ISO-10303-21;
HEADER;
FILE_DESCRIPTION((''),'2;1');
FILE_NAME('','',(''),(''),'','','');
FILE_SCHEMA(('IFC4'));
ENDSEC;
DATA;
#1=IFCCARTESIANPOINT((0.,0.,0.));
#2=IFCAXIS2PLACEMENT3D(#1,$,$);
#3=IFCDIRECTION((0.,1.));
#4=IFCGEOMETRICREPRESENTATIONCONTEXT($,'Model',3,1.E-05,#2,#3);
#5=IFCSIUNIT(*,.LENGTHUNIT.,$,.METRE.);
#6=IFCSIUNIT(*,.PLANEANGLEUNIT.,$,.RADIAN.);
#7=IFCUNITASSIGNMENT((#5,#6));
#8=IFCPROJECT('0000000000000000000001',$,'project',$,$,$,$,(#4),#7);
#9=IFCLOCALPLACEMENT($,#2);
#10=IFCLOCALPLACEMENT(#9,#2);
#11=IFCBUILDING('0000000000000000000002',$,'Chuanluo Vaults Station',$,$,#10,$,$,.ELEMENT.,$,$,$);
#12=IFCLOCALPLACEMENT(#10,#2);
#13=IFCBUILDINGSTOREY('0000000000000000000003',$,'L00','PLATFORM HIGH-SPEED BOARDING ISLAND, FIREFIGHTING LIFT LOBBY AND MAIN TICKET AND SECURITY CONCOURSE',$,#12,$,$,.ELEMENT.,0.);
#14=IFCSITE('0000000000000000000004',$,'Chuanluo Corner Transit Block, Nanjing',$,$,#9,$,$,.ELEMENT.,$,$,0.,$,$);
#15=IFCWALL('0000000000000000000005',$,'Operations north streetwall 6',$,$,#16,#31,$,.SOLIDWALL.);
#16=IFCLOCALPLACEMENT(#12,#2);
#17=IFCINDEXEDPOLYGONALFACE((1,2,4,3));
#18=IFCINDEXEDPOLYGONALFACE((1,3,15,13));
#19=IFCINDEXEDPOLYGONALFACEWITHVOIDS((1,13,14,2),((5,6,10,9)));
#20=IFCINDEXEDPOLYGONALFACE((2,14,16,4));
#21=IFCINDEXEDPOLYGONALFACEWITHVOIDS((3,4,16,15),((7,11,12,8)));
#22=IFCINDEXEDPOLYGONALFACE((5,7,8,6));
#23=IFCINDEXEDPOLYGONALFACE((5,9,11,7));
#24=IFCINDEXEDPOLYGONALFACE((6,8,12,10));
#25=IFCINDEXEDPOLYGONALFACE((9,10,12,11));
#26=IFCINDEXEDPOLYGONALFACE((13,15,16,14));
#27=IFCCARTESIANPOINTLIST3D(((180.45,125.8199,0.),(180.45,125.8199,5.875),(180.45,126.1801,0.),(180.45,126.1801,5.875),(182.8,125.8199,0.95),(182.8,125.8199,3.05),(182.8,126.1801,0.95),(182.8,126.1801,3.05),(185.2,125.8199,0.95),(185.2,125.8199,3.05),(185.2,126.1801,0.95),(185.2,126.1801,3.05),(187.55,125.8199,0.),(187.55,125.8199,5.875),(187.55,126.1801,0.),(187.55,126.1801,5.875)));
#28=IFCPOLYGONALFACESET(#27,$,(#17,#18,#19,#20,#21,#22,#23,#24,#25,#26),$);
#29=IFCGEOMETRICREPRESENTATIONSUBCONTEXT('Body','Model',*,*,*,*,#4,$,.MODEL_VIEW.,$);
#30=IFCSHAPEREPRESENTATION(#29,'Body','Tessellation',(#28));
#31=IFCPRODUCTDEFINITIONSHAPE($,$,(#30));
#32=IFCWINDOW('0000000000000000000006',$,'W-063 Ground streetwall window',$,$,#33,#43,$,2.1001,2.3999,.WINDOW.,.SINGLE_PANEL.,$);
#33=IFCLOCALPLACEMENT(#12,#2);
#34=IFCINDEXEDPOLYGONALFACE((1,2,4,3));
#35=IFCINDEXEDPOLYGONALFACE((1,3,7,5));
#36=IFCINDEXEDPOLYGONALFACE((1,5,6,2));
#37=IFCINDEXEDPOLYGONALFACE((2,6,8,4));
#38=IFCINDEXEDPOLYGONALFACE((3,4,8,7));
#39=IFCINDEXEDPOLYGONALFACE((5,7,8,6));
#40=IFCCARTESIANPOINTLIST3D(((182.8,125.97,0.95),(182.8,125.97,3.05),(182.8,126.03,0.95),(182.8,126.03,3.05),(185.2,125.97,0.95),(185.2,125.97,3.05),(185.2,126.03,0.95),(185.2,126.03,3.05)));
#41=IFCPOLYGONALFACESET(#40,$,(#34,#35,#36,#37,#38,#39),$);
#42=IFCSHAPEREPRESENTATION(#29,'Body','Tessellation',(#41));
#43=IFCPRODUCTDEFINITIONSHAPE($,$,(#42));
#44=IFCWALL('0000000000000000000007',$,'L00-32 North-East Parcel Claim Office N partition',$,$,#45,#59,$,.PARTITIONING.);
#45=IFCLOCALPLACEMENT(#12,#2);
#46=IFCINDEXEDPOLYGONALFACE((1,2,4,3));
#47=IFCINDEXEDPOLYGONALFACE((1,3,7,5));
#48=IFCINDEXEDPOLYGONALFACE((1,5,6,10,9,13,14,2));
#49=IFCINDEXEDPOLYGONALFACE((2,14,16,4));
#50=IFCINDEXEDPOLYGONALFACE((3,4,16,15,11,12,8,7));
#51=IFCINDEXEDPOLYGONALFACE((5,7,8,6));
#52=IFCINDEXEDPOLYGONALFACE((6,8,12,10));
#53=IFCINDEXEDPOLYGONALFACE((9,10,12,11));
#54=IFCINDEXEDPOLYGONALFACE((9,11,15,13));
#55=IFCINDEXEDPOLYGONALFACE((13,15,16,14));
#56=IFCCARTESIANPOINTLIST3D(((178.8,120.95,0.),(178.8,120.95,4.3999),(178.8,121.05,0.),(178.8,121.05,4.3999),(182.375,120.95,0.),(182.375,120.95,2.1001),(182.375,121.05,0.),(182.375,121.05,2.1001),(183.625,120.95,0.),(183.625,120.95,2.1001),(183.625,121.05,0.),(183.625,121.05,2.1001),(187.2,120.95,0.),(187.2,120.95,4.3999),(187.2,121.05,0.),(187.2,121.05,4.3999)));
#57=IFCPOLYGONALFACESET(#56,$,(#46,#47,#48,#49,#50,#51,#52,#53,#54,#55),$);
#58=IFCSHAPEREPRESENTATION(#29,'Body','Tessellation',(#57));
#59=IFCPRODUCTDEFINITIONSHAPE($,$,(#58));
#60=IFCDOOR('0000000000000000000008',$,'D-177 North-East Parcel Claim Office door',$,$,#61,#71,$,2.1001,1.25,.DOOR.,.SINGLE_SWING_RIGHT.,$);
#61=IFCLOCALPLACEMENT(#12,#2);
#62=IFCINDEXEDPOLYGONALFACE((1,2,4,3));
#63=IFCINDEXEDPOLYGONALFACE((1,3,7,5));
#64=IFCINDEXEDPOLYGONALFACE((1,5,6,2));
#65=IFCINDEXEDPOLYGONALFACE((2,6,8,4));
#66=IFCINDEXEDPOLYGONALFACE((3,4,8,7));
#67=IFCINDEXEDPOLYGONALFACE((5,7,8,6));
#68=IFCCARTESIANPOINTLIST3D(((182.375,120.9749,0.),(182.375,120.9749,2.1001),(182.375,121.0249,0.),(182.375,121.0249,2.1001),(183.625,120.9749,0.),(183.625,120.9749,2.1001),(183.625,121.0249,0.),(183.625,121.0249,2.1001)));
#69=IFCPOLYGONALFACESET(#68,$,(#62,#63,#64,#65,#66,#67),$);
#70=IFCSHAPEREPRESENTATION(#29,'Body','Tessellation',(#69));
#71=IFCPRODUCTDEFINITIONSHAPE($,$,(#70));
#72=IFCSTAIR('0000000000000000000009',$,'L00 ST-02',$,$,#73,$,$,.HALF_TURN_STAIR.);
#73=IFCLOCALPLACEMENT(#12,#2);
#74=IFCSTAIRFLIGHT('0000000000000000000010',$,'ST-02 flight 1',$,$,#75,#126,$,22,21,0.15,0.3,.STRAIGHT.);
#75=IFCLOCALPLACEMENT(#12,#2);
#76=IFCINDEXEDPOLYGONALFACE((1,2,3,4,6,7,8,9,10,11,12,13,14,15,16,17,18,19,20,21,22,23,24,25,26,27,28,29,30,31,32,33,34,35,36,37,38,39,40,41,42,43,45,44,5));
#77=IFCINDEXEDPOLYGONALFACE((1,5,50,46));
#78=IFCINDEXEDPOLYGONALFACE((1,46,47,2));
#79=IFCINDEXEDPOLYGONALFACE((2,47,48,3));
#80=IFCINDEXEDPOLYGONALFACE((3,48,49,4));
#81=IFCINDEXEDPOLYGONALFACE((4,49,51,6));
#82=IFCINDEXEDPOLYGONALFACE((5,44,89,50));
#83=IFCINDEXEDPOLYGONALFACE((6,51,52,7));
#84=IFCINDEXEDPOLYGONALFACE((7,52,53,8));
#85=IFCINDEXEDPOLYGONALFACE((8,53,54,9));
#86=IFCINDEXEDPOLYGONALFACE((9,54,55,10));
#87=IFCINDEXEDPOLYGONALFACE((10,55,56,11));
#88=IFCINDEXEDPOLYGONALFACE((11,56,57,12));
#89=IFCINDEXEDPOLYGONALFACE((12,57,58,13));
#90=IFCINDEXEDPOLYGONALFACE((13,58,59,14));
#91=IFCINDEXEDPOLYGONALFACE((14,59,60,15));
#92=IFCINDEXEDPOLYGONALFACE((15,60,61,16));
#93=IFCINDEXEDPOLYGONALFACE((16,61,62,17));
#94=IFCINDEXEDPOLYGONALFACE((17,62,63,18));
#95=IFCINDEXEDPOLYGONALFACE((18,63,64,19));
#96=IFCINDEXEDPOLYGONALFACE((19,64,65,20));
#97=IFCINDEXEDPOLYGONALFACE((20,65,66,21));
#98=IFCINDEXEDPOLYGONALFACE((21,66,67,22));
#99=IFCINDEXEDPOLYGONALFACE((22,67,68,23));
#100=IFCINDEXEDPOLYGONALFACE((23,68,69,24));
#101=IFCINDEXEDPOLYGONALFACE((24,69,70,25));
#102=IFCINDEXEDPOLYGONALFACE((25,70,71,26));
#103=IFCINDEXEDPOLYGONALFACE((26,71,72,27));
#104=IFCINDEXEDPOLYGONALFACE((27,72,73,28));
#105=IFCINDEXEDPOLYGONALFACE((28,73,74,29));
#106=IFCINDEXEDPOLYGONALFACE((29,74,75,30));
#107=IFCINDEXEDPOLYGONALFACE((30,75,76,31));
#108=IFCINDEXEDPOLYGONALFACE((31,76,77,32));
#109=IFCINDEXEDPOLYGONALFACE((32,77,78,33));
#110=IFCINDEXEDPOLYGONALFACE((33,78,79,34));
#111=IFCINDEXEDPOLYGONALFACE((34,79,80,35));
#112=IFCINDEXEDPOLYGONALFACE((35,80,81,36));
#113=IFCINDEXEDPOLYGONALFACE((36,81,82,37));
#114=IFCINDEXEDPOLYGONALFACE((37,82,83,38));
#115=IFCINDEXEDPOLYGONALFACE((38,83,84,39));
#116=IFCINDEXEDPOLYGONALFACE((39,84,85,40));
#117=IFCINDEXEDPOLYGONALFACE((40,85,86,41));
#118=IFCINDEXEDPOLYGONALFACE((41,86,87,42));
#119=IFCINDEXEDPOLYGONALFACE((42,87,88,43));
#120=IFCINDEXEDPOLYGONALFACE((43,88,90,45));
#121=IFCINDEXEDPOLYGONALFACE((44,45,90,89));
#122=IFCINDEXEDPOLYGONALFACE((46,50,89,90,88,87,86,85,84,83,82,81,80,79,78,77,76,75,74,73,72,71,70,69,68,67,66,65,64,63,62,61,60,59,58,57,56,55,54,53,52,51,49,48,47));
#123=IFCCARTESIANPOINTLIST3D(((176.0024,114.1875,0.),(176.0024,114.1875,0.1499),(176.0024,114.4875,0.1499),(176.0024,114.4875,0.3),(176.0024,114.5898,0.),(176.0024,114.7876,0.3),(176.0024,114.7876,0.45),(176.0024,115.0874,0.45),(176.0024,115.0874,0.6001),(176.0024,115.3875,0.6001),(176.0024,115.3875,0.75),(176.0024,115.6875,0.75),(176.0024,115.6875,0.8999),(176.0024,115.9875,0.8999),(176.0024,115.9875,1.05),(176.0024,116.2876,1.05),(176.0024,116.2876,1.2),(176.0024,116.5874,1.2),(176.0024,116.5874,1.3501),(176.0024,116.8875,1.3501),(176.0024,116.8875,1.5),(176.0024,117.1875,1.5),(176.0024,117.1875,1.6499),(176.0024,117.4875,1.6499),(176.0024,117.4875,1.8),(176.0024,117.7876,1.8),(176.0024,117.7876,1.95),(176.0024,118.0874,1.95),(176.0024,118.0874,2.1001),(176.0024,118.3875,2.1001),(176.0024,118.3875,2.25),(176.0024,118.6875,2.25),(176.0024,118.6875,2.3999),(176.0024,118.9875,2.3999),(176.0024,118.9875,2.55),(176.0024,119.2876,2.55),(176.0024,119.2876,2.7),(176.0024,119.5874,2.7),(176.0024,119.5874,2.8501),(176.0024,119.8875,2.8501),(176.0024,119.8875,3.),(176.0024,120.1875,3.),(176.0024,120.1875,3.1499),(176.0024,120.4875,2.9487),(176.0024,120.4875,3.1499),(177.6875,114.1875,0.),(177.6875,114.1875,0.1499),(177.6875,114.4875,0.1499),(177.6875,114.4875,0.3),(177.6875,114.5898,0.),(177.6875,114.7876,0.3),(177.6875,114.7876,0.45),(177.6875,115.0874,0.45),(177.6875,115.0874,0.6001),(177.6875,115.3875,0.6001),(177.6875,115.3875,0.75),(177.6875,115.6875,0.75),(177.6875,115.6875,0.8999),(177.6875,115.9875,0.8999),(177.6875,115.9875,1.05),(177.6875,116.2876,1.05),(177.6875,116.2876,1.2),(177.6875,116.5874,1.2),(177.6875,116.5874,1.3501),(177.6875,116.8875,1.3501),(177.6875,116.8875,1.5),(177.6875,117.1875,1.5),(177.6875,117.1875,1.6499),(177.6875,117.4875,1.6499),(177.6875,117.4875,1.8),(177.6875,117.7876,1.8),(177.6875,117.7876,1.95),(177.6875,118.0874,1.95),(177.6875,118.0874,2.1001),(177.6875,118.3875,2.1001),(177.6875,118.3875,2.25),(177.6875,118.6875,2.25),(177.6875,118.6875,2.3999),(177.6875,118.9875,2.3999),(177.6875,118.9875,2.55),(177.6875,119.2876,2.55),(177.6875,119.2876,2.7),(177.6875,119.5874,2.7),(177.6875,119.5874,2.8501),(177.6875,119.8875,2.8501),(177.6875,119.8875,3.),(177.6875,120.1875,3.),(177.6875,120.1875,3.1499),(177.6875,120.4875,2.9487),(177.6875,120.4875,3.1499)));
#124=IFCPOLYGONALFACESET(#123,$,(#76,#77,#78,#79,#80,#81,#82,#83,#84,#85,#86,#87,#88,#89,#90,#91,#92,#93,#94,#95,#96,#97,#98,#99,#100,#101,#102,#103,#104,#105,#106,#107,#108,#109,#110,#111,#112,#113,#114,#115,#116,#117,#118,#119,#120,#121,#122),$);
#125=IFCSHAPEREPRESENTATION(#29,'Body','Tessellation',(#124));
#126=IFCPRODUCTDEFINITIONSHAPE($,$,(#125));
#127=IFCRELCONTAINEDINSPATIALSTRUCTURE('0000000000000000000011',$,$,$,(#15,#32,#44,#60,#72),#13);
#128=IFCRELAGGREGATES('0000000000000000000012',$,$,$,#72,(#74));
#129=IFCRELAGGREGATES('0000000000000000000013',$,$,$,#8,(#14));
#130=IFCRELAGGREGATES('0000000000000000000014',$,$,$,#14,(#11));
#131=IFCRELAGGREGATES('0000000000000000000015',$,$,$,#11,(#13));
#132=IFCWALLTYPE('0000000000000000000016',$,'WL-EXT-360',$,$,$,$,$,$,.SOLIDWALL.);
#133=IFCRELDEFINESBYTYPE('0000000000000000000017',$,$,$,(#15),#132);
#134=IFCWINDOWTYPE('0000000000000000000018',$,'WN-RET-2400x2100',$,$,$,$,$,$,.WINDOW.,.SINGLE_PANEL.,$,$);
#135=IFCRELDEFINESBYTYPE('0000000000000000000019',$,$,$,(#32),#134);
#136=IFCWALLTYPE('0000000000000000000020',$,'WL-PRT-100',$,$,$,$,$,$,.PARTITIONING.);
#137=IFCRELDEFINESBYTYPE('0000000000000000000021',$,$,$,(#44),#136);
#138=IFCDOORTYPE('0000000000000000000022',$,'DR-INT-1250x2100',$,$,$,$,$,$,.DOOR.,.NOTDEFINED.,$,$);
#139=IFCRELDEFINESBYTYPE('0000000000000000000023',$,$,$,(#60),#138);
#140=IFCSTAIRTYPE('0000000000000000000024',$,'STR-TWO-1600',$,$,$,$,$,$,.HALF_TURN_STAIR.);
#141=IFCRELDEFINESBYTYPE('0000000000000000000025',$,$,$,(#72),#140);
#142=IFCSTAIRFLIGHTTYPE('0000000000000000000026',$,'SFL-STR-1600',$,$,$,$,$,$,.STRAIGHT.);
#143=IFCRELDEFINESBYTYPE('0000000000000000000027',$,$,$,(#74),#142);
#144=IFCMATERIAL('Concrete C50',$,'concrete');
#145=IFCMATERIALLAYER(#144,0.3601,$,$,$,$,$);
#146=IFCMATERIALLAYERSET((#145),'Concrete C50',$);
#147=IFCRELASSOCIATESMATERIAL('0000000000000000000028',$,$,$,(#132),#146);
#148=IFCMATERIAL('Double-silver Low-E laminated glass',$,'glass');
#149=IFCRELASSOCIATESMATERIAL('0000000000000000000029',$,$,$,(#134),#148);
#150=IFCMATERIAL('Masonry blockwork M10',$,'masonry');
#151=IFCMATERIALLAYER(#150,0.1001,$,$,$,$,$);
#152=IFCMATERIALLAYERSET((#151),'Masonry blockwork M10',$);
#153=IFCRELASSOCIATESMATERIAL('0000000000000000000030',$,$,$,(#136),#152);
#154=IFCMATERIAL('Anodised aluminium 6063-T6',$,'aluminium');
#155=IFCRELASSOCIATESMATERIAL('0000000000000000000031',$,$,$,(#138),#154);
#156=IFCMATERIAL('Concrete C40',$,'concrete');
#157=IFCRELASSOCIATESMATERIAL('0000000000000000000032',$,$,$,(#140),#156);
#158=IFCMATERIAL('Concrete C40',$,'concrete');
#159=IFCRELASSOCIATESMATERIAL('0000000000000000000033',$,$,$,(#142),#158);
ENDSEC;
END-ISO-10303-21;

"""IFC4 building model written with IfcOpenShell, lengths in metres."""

from ifc_helpers import new_model, si_unit, direction, frame, frame_2d, origin, place, context, subcontext, project, spatial, polyline, rectangle, outline, extrude, material, layer, layer_set, type_object, element, fill, aggregate, save


model = new_model("IFC4")

# Units and contexts
model_context = context("Model", 3, precision=1e-05, world=origin(), true_north=direction((0.0, 1.0)))
body_context = subcontext(model_context, "Body", "Model", "MODEL_VIEW")
ifc_project = project(units=[si_unit("LENGTHUNIT", "METRE"), si_unit("PLANEANGLEUNIT", "RADIAN")], contexts=[model_context])

# Site, building, storey
site_placement = place(None, origin())
site = spatial("IfcSite", under=ifc_project, at=site_placement, Name="Chuanluo Corner Transit Block, Nanjing", CompositionType="ELEMENT", RefElevation=0.0)
building_placement = place(site_placement, origin())
building = spatial("IfcBuilding", under=site, at=building_placement, Name="Chuanluo Vaults Station", CompositionType="ELEMENT")
storey_placement = place(building_placement, origin())
storey = spatial("IfcBuildingStorey", under=building, at=storey_placement, Name="L00", Description="PLATFORM HIGH-SPEED BOARDING ISLAND, FIREFIGHTING LIFT LOBBY AND MAIN TICKET AND SECURITY CONCOURSE", CompositionType="ELEMENT", Elevation=0.0)

# Wall, opening, window
ifc_material_1 = material(Name="Concrete C50", Category="concrete")
ifc_layer_1 = layer(ifc_material_1, 0.3601)
ifc_layer_set_1 = layer_set([ifc_layer_1], Name="Concrete C50")
wall_type_1 = type_object("IfcWallType", Name="WL-EXT-360", PredefinedType="SOLIDWALL", material=ifc_layer_set_1)
wall_1_placement = place(storey_placement, frame((180.45, 126.0, 0.0), z_axis=(0.0, 0.0, 1.0), x_axis=(1.0, 0.0, 0.0)))
wall_1 = element("IfcWall", 1, at=wall_1_placement, inside=storey, type_object=wall_type_1, Name="Operations north streetwall 6", PredefinedType="SOLIDWALL", context=body_context, shape_type="SweptSolid", body=[
    extrude(rectangle(XDim=7.1001, YDim=0.3601, at=frame_2d((3.55, 0.0))), origin(), (0.0, 0.0, 1.0), 5.875),
])
opening_1_placement = place(wall_1_placement, frame((2.3501, 0.0, 0.95)))
opening_1 = element("IfcOpeningElement", 2, at=opening_1_placement, cuts=wall_1, PredefinedType="OPENING", context=body_context, shape_type="SweptSolid", body=[
    extrude(rectangle(XDim=2.3999, YDim=2.1001, at=frame_2d((1.2, 1.05))), frame((0.0, 0.1902, 0.0), z_axis=(0.0, -1.0, 0.0), x_axis=(1.0, 0.0, 0.0)), (0.0, 0.0, 1.0), 0.3801),
])
ifc_material_2 = material(Name="Double-silver Low-E laminated glass", Category="glass")
window_type_1 = type_object("IfcWindowType", Name="WN-RET-2400x2100", PartitioningType="SINGLE_PANEL", PredefinedType="WINDOW", material=ifc_material_2)
window_1_placement = place(opening_1_placement, origin())
window_1 = element("IfcWindow", 3, at=window_1_placement, inside=storey, type_object=window_type_1, Name="W-063 Ground streetwall window", OverallHeight=2.1001, OverallWidth=2.3999, PartitioningType="SINGLE_PANEL", PredefinedType="WINDOW", context=body_context, shape_type="SweptSolid", body=[
    extrude(rectangle(XDim=2.3999, YDim=2.1001, at=frame_2d((1.2, 1.05))), frame((0.0, 0.03, 0.0), z_axis=(0.0, -1.0, 0.0), x_axis=(1.0, 0.0, 0.0)), (0.0, 0.0, 1.0), 0.0601),
])
fill(opening_1, window_1)

# Wall, opening, door
ifc_material_3 = material(Name="Masonry blockwork M10", Category="masonry")
ifc_layer_2 = layer(ifc_material_3, 0.1001)
ifc_layer_set_2 = layer_set([ifc_layer_2], Name="Masonry blockwork M10")
wall_type_2 = type_object("IfcWallType", Name="WL-PRT-100", PredefinedType="PARTITIONING", material=ifc_layer_set_2)
wall_2_placement = place(storey_placement, frame((178.8, 121.0, 0.0), z_axis=(0.0, 0.0, 1.0), x_axis=(1.0, 0.0, 0.0)))
wall_2 = element("IfcWall", 4, at=wall_2_placement, inside=storey, type_object=wall_type_2, Name="L00-32 North-East Parcel Claim Office N partition", PredefinedType="PARTITIONING", context=body_context, shape_type="SweptSolid", body=[
    extrude(rectangle(XDim=8.3999, YDim=0.1001, at=frame_2d((4.2, 0.0))), origin(), (0.0, 0.0, 1.0), 4.3999),
])
opening_2_placement = place(wall_2_placement, frame((3.575, 0.0, 0.0)))
opening_2 = element("IfcOpeningElement", 5, at=opening_2_placement, cuts=wall_2, PredefinedType="OPENING", context=body_context, shape_type="SweptSolid", body=[
    extrude(rectangle(XDim=1.25, YDim=2.1001, at=frame_2d((0.625, 1.05))), frame((0.0, 0.06, 0.0), z_axis=(0.0, -1.0, 0.0), x_axis=(1.0, 0.0, 0.0)), (0.0, 0.0, 1.0), 0.1201),
])
ifc_material_4 = material(Name="Anodised aluminium 6063-T6", Category="aluminium")
door_type = type_object("IfcDoorType", Name="DR-INT-1250x2100", OperationType="NOTDEFINED", PredefinedType="DOOR", material=ifc_material_4)
door_placement = place(opening_2_placement, origin())
door = element("IfcDoor", 6, at=door_placement, inside=storey, type_object=door_type, Name="D-177 North-East Parcel Claim Office door", OperationType="SINGLE_SWING_RIGHT", OverallHeight=2.1001, OverallWidth=1.25, PredefinedType="DOOR", context=body_context, shape_type="SweptSolid", body=[
    extrude(rectangle(XDim=1.25, YDim=2.1001, at=frame_2d((0.625, 1.05))), frame((0.0, 0.0249, 0.0), z_axis=(0.0, -1.0, 0.0), x_axis=(1.0, 0.0, 0.0)), (0.0, 0.0, 1.0), 0.05),
])
fill(opening_2, door)

# Stair, stair flight
ifc_material_5 = material(Name="Concrete C40", Category="concrete")
stair_type = type_object("IfcStairType", Name="STR-TWO-1600", PredefinedType="HALF_TURN_STAIR", material=ifc_material_5)
stair_placement = place(storey_placement, origin())
stair = element("IfcStair", 7, at=stair_placement, inside=storey, type_object=stair_type, Name="L00 ST-02", PredefinedType="HALF_TURN_STAIR")
ifc_material_6 = material(Name="Concrete C40", Category="concrete")
stair_flight_type = type_object("IfcStairFlightType", Name="SFL-STR-1600", PredefinedType="STRAIGHT", material=ifc_material_6)
stair_flight_1_placement = place(storey_placement, frame((176.845, 114.1875, 0.0), z_axis=(0.0, 0.0, 1.0), x_axis=(0.0, 1.0, 0.0)))
stair_flight_1 = element("IfcStairFlight", 8, at=stair_flight_1_placement, type_object=stair_flight_type, Name="ST-02 flight 1", NumberOfRisers=22, NumberOfTreads=21, PredefinedType="STRAIGHT", RiserHeight=0.15, TreadLength=0.3, context=body_context, shape_type="SweptSolid", body=[
    extrude(outline(polyline([(0.0, 0.0), (0.0, 0.1499), (0.3, 0.1499), (0.3, 0.3), (0.6001, 0.3), (0.6001, 0.45), (0.8999, 0.45), (0.8999, 0.6001), (1.2, 0.6001), (1.2, 0.75), (1.5, 0.75), (1.5, 0.8999), (1.8, 0.8999), (1.8, 1.05), (2.1001, 1.05), (2.1001, 1.2), (2.3999, 1.2), (2.3999, 1.3501), (2.7, 1.3501), (2.7, 1.5), (3.0, 1.5), (3.0, 1.6499), (3.3, 1.6499), (3.3, 1.8), (3.6001, 1.8), (3.6001, 1.95), (3.8999, 1.95), (3.8999, 2.1001), (4.2, 2.1001), (4.2, 2.25), (4.5, 2.25), (4.5, 2.3999), (4.8, 2.3999), (4.8, 2.55), (5.1001, 2.55), (5.1001, 2.7), (5.3999, 2.7), (5.3999, 2.8501), (5.7, 2.8501), (5.7, 3.0), (6.0, 3.0), (6.0, 3.1499), (6.3, 3.1499), (6.3, 3.3), (6.3, 2.9487), (0.4023, 0.0), (0.0, 0.0)])), frame((0.0, 0.8425, 0.0), z_axis=(0.0, -1.0, 0.0), x_axis=(1.0, 0.0, 0.0)), (0.0, 0.0, 1.0), 1.6851),
])
aggregate(stair, [stair_flight_1])

save(model, "model.ifc")
